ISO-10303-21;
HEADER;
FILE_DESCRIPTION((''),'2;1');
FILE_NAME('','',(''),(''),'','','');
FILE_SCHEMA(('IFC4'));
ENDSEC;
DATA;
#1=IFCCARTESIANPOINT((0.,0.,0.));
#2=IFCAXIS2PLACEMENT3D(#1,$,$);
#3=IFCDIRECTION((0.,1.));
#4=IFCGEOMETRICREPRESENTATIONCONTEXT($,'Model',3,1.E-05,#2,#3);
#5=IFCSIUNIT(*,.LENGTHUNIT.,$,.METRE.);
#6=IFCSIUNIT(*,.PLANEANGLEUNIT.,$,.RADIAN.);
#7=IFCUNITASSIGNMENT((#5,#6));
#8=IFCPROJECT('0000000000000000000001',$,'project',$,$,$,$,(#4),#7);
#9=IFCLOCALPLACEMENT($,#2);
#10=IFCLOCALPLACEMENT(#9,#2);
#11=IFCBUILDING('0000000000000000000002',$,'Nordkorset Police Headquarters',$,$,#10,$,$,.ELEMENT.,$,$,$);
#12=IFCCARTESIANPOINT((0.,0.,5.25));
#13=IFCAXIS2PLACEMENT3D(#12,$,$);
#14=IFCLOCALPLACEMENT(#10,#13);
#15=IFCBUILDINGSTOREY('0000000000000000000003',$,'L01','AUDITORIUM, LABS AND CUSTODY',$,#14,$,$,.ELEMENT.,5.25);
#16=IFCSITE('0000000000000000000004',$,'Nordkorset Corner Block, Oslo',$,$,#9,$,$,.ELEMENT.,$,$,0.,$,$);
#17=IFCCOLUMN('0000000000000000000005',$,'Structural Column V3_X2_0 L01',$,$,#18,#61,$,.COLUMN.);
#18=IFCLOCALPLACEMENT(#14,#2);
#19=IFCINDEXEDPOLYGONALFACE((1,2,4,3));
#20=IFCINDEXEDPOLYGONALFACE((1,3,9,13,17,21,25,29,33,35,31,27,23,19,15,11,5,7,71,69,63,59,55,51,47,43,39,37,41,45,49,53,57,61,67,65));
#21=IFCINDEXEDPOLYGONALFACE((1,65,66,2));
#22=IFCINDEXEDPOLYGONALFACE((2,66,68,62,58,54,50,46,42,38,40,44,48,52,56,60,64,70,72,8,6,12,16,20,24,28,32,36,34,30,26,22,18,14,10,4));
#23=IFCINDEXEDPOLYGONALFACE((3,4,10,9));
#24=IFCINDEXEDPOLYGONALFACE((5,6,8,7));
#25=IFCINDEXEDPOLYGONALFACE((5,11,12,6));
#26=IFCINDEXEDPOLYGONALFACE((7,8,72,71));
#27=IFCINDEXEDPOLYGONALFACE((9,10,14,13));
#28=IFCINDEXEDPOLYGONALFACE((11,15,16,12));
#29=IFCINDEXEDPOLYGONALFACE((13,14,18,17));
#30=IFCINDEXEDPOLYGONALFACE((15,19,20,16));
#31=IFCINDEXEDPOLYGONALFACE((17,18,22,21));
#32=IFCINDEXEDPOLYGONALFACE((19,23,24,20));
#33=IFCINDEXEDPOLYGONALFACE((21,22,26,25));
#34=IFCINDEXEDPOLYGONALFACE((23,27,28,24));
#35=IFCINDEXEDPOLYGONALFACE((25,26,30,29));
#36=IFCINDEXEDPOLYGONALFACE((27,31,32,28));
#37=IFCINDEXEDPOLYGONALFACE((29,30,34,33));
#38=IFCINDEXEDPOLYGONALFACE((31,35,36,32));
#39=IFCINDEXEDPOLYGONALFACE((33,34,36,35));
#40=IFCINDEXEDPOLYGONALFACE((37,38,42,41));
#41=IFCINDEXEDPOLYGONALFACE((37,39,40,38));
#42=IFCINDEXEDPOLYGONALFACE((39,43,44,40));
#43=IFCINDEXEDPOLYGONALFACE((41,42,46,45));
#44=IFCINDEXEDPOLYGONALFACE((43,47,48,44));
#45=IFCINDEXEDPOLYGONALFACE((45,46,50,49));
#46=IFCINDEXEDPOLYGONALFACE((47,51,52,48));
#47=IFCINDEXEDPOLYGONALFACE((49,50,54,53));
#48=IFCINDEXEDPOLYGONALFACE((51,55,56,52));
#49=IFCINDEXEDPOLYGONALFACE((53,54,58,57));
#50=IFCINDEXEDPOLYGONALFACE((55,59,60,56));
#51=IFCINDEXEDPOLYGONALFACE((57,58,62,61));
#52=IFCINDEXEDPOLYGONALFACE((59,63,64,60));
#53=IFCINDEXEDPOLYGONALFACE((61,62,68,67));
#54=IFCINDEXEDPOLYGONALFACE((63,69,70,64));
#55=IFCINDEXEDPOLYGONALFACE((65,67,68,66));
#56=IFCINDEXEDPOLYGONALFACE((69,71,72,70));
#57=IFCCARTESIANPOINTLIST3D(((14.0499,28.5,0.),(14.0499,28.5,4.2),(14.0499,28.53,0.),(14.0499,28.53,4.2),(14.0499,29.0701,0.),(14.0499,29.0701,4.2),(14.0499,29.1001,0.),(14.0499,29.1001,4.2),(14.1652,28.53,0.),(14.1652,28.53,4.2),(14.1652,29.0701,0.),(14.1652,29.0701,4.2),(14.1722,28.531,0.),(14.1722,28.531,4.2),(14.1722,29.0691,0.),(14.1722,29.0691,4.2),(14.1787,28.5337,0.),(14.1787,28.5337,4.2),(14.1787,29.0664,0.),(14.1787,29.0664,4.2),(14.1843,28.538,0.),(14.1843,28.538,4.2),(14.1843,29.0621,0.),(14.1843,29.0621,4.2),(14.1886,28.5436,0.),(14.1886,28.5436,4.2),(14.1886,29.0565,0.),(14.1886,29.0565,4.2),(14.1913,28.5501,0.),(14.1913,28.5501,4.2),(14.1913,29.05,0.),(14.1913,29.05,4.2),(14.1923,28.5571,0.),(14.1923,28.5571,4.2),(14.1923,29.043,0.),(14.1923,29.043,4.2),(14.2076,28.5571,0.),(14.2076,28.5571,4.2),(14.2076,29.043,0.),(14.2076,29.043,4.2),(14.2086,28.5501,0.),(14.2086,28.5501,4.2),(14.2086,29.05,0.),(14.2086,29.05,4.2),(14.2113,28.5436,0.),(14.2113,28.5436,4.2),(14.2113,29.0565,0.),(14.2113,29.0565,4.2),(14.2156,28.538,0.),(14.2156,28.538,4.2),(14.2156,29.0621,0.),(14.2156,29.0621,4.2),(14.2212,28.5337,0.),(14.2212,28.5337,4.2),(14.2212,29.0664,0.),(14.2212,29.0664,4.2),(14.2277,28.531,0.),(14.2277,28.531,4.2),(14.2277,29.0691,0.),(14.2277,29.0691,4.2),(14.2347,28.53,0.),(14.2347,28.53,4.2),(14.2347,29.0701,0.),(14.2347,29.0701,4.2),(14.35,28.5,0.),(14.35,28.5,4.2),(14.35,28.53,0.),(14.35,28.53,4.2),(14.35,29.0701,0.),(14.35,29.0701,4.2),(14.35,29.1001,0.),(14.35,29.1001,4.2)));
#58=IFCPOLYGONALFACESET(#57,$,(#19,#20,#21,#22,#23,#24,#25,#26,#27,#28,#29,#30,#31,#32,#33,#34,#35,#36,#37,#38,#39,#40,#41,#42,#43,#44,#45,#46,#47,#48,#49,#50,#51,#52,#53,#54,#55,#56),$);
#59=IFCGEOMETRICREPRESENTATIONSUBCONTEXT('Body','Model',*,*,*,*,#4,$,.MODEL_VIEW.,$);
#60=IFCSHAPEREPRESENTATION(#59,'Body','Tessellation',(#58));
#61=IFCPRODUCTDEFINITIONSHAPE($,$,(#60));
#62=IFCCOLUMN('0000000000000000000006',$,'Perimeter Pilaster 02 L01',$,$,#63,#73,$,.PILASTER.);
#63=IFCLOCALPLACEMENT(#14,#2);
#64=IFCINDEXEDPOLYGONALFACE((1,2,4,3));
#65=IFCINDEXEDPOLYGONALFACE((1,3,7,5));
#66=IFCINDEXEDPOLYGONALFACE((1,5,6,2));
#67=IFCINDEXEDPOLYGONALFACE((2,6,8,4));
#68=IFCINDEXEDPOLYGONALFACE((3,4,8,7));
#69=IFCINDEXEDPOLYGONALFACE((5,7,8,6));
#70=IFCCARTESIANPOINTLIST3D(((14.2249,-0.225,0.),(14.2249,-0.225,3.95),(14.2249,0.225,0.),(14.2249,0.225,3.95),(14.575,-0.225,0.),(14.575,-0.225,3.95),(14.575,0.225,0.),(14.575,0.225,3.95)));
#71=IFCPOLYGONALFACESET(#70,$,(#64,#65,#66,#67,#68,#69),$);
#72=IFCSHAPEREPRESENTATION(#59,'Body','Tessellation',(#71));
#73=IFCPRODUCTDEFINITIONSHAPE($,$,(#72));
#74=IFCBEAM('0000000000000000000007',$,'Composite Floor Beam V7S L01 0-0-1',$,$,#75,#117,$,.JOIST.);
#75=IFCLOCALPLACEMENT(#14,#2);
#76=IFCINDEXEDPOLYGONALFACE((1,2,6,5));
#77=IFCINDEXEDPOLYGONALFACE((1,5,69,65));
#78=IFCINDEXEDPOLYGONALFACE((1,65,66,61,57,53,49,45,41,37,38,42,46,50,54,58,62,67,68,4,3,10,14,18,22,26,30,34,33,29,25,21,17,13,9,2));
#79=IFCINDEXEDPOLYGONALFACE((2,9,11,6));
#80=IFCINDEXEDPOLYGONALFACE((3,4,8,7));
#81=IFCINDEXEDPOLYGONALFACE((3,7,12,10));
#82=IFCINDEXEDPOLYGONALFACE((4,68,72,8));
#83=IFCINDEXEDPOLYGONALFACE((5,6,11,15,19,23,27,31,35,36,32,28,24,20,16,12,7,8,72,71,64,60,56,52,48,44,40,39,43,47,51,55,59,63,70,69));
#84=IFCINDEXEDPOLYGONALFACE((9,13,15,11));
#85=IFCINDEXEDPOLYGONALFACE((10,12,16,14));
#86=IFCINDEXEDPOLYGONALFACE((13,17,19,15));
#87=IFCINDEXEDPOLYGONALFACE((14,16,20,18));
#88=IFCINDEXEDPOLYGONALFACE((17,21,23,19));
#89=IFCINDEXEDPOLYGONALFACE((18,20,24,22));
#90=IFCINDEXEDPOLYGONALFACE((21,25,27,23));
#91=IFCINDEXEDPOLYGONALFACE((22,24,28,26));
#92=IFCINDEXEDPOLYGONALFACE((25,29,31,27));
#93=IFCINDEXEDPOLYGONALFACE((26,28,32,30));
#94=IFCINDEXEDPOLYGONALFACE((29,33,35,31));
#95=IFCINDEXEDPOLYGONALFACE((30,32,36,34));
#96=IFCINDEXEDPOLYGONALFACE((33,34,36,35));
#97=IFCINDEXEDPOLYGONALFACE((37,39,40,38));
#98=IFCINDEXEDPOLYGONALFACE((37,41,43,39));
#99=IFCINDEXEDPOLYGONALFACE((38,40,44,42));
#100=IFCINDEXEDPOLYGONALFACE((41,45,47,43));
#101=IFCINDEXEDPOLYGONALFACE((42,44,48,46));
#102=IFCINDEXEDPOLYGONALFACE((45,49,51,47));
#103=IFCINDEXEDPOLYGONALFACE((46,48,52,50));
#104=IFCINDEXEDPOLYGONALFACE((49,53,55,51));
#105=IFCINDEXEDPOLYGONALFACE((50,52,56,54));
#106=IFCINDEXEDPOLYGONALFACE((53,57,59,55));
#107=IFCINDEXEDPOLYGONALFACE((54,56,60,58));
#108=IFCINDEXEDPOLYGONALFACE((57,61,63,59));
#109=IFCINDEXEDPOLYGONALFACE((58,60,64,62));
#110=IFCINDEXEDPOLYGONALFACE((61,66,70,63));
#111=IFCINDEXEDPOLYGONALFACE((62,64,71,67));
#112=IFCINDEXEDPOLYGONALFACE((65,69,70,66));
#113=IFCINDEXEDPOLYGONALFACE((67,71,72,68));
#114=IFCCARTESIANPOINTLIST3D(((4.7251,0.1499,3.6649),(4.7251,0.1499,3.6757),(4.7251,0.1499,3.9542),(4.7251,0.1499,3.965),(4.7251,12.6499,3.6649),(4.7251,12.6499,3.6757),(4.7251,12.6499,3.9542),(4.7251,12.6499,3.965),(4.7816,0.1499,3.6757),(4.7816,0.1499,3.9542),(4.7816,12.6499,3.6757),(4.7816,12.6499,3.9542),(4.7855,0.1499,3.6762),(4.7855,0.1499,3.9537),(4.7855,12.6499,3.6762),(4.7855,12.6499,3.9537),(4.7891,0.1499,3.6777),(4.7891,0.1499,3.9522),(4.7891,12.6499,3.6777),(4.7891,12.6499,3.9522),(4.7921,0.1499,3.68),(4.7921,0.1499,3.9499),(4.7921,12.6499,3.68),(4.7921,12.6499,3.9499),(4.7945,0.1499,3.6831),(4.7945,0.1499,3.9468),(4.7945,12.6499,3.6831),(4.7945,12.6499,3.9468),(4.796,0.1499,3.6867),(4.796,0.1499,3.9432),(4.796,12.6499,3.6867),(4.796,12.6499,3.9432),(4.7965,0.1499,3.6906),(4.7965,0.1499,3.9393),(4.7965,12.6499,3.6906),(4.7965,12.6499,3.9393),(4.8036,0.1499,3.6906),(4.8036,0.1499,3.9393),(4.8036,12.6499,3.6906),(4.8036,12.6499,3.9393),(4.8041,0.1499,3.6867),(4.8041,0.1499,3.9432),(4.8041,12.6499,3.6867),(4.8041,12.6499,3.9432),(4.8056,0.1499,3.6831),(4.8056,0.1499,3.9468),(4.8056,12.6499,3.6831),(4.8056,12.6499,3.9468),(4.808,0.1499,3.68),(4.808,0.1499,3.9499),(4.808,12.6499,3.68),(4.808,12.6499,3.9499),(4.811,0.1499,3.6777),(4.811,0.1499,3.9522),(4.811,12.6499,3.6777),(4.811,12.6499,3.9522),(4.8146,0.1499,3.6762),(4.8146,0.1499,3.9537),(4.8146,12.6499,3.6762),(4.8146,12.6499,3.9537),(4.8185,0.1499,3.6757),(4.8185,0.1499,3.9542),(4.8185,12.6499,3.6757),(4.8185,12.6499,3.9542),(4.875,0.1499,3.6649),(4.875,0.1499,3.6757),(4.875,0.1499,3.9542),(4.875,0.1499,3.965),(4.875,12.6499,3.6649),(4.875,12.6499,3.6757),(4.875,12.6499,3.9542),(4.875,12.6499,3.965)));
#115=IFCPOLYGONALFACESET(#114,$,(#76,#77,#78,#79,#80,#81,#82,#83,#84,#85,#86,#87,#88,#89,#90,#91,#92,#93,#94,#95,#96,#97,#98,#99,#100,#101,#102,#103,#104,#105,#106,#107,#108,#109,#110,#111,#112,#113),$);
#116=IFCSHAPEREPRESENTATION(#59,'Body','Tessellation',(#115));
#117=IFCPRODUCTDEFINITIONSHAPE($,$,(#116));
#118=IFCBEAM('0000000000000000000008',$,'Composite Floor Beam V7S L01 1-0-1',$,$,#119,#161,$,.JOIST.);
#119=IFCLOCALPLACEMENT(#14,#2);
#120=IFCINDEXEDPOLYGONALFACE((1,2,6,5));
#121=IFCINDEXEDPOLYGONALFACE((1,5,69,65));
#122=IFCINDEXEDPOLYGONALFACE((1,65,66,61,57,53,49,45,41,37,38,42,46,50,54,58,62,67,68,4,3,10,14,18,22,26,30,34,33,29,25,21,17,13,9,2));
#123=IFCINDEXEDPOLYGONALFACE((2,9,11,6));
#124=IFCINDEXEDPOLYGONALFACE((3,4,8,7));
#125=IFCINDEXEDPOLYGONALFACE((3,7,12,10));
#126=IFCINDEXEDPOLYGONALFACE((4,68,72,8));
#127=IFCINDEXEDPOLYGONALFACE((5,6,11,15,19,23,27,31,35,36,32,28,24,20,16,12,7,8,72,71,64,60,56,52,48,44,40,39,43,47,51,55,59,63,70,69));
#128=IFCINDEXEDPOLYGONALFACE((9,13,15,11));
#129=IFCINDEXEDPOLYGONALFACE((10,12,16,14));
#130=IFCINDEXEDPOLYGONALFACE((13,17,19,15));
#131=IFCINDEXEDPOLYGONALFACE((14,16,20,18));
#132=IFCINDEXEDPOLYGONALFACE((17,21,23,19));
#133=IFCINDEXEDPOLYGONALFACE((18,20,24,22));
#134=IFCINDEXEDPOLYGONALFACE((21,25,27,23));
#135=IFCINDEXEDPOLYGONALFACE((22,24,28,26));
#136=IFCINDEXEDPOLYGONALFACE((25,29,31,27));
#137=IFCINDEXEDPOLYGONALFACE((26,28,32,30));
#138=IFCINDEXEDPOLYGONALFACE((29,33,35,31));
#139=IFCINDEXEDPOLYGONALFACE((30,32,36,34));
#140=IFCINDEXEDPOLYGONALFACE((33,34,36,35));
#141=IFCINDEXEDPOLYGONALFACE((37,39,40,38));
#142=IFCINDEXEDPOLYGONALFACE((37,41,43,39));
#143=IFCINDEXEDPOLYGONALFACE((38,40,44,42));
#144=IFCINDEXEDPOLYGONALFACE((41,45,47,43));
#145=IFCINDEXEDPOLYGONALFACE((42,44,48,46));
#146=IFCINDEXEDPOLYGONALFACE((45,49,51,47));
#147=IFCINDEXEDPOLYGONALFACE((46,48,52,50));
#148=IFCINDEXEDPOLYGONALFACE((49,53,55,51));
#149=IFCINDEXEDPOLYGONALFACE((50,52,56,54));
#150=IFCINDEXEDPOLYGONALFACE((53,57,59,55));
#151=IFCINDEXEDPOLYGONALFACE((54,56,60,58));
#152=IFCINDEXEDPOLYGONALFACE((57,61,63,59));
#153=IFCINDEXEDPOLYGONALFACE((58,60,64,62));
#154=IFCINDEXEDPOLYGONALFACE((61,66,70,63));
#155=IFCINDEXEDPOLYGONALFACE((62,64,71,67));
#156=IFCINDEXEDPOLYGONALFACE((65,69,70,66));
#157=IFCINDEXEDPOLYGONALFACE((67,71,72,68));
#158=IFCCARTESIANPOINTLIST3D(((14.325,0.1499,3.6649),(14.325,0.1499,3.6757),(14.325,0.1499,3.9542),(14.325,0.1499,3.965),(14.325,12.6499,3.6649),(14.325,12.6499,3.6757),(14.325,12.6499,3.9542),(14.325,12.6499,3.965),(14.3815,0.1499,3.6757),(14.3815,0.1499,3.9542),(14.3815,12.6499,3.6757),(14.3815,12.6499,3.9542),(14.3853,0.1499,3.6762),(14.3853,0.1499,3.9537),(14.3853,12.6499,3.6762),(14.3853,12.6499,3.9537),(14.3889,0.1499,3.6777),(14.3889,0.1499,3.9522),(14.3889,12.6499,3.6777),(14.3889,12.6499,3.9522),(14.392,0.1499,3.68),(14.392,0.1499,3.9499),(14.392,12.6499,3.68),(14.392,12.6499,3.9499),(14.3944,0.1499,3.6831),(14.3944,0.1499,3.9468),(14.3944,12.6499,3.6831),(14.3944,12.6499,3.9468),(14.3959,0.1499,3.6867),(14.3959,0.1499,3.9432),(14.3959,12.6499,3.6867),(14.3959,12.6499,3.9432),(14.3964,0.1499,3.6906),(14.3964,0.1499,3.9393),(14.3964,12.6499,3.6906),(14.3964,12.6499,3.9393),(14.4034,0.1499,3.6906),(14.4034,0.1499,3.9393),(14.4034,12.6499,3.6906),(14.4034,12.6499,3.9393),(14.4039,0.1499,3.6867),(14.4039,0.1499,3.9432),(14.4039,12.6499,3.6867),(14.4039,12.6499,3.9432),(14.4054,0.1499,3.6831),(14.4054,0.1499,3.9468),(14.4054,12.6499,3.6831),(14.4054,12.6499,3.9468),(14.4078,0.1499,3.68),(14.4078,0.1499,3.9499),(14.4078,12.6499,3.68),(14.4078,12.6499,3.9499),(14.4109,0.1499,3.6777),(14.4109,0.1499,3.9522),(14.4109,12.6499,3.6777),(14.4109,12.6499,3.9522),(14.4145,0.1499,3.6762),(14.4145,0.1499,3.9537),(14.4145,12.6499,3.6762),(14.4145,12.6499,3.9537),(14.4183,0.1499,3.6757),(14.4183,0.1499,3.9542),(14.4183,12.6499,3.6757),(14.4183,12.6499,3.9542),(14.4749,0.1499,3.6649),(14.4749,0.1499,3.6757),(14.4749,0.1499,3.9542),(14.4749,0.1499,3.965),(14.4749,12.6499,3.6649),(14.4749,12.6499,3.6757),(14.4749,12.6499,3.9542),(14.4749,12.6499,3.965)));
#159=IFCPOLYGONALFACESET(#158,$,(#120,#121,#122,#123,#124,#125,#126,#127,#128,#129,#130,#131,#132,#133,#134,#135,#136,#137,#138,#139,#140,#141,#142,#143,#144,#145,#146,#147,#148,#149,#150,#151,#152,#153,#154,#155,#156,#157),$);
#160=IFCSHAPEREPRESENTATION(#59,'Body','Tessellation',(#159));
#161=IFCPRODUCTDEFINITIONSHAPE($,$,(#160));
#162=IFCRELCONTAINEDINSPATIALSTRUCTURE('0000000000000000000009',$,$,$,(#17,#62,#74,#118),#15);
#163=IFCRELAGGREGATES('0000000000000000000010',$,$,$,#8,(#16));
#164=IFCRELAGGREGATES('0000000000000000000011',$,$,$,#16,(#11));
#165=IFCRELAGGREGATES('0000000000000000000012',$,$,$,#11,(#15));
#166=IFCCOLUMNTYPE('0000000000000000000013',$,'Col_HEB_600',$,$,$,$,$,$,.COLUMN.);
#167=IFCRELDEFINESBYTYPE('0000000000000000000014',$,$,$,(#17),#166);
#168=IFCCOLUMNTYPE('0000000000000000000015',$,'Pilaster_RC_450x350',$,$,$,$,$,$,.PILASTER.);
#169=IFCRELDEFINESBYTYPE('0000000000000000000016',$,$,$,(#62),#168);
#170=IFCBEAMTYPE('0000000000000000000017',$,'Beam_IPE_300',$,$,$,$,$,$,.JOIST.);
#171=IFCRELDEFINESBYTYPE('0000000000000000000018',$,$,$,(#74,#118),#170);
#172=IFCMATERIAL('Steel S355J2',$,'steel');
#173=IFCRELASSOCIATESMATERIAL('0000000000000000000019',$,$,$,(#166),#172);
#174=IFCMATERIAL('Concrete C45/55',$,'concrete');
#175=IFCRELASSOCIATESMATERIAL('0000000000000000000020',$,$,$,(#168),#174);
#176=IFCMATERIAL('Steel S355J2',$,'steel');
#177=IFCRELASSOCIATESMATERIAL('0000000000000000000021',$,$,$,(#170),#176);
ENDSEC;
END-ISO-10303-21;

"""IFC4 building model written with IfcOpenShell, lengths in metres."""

from ifc_helpers import new_model, si_unit, direction, frame, origin, origin_2d, place, context, subcontext, project, spatial, rectangle, i_section, extrude, material, material_profile, profile_set, type_object, element, save


model = new_model("IFC4")

# Units and contexts
model_context = context("Model", 3, precision=1e-05, world=origin(), true_north=direction((0.0, 1.0)))
body_context = subcontext(model_context, "Body", "Model", "MODEL_VIEW")
ifc_project = project(units=[si_unit("LENGTHUNIT", "METRE"), si_unit("PLANEANGLEUNIT", "RADIAN")], contexts=[model_context])

# Site, building, storey
site_placement = place(None, origin())
site = spatial("IfcSite", under=ifc_project, at=site_placement, Name="Nordkorset Corner Block, Oslo", CompositionType="ELEMENT", RefElevation=0.0)
building_placement = place(site_placement, origin())
building = spatial("IfcBuilding", under=site, at=building_placement, Name="Nordkorset Police Headquarters", CompositionType="ELEMENT")
storey_placement = place(building_placement, frame((0.0, 0.0, 5.25)))
storey = spatial("IfcBuildingStorey", under=building, at=storey_placement, Name="L01", Description="AUDITORIUM, LABS AND CUSTODY", CompositionType="ELEMENT", Elevation=5.25)

# Columns
ifc_material_1 = material(Name="Steel S355J2", Category="steel")
ifc_material_profile_1 = material_profile(ifc_material_1, i_section(OverallWidth=0.3, OverallDepth=0.6001, WebThickness=0.0154, FlangeThickness=0.03, FilletRadius=0.0271, at=origin_2d()), Name="HEB 600")
ifc_profile_set_1 = profile_set([ifc_material_profile_1], Name="Steel S355J2")
column_type_1 = type_object("IfcColumnType", Name="Col_HEB_600", PredefinedType="COLUMN", material=ifc_profile_set_1)
for number, where, z_axis, x_axis, name in (
    (1, (14.2, 28.8, 0.0), (0.0, 0.0, 1.0), (1.0, 0.0, 0.0), "Structural Column V3_X2_0 L01"),
):
    element("IfcColumn", number, at=place(storey_placement, frame(where, z_axis=z_axis, x_axis=x_axis)), inside=storey, type_object=column_type_1, Name=name, PredefinedType="COLUMN", context=body_context, shape_type="SweptSolid", body=[
        extrude(i_section(OverallWidth=0.3, OverallDepth=0.6001, WebThickness=0.0154, FlangeThickness=0.03, FilletRadius=0.0271, at=origin_2d()), origin(), (0.0, 0.0, 1.0), 4.2),
    ])
ifc_material_2 = material(Name="Concrete C45/55", Category="concrete")
ifc_material_profile_2 = material_profile(ifc_material_2, rectangle(XDim=0.3501, YDim=0.45, at=origin_2d()), Name="RC 450x350")
ifc_profile_set_2 = profile_set([ifc_material_profile_2], Name="Concrete C45/55")
column_type_2 = type_object("IfcColumnType", Name="Pilaster_RC_450x350", PredefinedType="PILASTER", material=ifc_profile_set_2)
column_placement = place(storey_placement, frame((14.3999, 0.0, 0.0), z_axis=(0.0, 0.0, 1.0), x_axis=(1.0, 0.0, 0.0)))
element("IfcColumn", 2, at=column_placement, inside=storey, type_object=column_type_2, Name="Perimeter Pilaster 02 L01", PredefinedType="PILASTER", context=body_context, shape_type="SweptSolid", body=[
    extrude(rectangle(XDim=0.3501, YDim=0.45, at=origin_2d()), origin(), (0.0, 0.0, 1.0), 3.95),
])

# Beams
ifc_material_3 = material(Name="Steel S355J2", Category="steel")
ifc_material_profile_3 = material_profile(ifc_material_3, i_section(OverallWidth=0.1499, OverallDepth=0.3, WebThickness=0.0071, FlangeThickness=0.0107, FilletRadius=0.0149, at=origin_2d()), Name="IPE 300")
ifc_profile_set_3 = profile_set([ifc_material_profile_3], Name="Steel S355J2")
beam_type_1 = type_object("IfcBeamType", Name="Beam_IPE_300", PredefinedType="JOIST", material=ifc_profile_set_3)
for number, where, z_axis, x_axis, name in (
    (3, (4.8, 0.1499, 3.8149), (0.0, 1.0, 0.0), (-1.0, 0.0, 0.0), "Composite Floor Beam V7S L01 0-0-1"),
    (4, (14.3999, 0.1499, 3.8149), (0.0, 1.0, 0.0), (-1.0, 0.0, 0.0), "Composite Floor Beam V7S L01 1-0-1"),
):
    element("IfcBeam", number, at=place(storey_placement, frame(where, z_axis=z_axis, x_axis=x_axis)), inside=storey, type_object=beam_type_1, Name=name, PredefinedType="JOIST", context=body_context, shape_type="SweptSolid", body=[
        extrude(i_section(OverallWidth=0.1499, OverallDepth=0.3, WebThickness=0.0071, FlangeThickness=0.0107, FilletRadius=0.0149, at=origin_2d()), origin(), (0.0, 0.0, 1.0), 12.5),
    ])

save(model, "model.ifc")
